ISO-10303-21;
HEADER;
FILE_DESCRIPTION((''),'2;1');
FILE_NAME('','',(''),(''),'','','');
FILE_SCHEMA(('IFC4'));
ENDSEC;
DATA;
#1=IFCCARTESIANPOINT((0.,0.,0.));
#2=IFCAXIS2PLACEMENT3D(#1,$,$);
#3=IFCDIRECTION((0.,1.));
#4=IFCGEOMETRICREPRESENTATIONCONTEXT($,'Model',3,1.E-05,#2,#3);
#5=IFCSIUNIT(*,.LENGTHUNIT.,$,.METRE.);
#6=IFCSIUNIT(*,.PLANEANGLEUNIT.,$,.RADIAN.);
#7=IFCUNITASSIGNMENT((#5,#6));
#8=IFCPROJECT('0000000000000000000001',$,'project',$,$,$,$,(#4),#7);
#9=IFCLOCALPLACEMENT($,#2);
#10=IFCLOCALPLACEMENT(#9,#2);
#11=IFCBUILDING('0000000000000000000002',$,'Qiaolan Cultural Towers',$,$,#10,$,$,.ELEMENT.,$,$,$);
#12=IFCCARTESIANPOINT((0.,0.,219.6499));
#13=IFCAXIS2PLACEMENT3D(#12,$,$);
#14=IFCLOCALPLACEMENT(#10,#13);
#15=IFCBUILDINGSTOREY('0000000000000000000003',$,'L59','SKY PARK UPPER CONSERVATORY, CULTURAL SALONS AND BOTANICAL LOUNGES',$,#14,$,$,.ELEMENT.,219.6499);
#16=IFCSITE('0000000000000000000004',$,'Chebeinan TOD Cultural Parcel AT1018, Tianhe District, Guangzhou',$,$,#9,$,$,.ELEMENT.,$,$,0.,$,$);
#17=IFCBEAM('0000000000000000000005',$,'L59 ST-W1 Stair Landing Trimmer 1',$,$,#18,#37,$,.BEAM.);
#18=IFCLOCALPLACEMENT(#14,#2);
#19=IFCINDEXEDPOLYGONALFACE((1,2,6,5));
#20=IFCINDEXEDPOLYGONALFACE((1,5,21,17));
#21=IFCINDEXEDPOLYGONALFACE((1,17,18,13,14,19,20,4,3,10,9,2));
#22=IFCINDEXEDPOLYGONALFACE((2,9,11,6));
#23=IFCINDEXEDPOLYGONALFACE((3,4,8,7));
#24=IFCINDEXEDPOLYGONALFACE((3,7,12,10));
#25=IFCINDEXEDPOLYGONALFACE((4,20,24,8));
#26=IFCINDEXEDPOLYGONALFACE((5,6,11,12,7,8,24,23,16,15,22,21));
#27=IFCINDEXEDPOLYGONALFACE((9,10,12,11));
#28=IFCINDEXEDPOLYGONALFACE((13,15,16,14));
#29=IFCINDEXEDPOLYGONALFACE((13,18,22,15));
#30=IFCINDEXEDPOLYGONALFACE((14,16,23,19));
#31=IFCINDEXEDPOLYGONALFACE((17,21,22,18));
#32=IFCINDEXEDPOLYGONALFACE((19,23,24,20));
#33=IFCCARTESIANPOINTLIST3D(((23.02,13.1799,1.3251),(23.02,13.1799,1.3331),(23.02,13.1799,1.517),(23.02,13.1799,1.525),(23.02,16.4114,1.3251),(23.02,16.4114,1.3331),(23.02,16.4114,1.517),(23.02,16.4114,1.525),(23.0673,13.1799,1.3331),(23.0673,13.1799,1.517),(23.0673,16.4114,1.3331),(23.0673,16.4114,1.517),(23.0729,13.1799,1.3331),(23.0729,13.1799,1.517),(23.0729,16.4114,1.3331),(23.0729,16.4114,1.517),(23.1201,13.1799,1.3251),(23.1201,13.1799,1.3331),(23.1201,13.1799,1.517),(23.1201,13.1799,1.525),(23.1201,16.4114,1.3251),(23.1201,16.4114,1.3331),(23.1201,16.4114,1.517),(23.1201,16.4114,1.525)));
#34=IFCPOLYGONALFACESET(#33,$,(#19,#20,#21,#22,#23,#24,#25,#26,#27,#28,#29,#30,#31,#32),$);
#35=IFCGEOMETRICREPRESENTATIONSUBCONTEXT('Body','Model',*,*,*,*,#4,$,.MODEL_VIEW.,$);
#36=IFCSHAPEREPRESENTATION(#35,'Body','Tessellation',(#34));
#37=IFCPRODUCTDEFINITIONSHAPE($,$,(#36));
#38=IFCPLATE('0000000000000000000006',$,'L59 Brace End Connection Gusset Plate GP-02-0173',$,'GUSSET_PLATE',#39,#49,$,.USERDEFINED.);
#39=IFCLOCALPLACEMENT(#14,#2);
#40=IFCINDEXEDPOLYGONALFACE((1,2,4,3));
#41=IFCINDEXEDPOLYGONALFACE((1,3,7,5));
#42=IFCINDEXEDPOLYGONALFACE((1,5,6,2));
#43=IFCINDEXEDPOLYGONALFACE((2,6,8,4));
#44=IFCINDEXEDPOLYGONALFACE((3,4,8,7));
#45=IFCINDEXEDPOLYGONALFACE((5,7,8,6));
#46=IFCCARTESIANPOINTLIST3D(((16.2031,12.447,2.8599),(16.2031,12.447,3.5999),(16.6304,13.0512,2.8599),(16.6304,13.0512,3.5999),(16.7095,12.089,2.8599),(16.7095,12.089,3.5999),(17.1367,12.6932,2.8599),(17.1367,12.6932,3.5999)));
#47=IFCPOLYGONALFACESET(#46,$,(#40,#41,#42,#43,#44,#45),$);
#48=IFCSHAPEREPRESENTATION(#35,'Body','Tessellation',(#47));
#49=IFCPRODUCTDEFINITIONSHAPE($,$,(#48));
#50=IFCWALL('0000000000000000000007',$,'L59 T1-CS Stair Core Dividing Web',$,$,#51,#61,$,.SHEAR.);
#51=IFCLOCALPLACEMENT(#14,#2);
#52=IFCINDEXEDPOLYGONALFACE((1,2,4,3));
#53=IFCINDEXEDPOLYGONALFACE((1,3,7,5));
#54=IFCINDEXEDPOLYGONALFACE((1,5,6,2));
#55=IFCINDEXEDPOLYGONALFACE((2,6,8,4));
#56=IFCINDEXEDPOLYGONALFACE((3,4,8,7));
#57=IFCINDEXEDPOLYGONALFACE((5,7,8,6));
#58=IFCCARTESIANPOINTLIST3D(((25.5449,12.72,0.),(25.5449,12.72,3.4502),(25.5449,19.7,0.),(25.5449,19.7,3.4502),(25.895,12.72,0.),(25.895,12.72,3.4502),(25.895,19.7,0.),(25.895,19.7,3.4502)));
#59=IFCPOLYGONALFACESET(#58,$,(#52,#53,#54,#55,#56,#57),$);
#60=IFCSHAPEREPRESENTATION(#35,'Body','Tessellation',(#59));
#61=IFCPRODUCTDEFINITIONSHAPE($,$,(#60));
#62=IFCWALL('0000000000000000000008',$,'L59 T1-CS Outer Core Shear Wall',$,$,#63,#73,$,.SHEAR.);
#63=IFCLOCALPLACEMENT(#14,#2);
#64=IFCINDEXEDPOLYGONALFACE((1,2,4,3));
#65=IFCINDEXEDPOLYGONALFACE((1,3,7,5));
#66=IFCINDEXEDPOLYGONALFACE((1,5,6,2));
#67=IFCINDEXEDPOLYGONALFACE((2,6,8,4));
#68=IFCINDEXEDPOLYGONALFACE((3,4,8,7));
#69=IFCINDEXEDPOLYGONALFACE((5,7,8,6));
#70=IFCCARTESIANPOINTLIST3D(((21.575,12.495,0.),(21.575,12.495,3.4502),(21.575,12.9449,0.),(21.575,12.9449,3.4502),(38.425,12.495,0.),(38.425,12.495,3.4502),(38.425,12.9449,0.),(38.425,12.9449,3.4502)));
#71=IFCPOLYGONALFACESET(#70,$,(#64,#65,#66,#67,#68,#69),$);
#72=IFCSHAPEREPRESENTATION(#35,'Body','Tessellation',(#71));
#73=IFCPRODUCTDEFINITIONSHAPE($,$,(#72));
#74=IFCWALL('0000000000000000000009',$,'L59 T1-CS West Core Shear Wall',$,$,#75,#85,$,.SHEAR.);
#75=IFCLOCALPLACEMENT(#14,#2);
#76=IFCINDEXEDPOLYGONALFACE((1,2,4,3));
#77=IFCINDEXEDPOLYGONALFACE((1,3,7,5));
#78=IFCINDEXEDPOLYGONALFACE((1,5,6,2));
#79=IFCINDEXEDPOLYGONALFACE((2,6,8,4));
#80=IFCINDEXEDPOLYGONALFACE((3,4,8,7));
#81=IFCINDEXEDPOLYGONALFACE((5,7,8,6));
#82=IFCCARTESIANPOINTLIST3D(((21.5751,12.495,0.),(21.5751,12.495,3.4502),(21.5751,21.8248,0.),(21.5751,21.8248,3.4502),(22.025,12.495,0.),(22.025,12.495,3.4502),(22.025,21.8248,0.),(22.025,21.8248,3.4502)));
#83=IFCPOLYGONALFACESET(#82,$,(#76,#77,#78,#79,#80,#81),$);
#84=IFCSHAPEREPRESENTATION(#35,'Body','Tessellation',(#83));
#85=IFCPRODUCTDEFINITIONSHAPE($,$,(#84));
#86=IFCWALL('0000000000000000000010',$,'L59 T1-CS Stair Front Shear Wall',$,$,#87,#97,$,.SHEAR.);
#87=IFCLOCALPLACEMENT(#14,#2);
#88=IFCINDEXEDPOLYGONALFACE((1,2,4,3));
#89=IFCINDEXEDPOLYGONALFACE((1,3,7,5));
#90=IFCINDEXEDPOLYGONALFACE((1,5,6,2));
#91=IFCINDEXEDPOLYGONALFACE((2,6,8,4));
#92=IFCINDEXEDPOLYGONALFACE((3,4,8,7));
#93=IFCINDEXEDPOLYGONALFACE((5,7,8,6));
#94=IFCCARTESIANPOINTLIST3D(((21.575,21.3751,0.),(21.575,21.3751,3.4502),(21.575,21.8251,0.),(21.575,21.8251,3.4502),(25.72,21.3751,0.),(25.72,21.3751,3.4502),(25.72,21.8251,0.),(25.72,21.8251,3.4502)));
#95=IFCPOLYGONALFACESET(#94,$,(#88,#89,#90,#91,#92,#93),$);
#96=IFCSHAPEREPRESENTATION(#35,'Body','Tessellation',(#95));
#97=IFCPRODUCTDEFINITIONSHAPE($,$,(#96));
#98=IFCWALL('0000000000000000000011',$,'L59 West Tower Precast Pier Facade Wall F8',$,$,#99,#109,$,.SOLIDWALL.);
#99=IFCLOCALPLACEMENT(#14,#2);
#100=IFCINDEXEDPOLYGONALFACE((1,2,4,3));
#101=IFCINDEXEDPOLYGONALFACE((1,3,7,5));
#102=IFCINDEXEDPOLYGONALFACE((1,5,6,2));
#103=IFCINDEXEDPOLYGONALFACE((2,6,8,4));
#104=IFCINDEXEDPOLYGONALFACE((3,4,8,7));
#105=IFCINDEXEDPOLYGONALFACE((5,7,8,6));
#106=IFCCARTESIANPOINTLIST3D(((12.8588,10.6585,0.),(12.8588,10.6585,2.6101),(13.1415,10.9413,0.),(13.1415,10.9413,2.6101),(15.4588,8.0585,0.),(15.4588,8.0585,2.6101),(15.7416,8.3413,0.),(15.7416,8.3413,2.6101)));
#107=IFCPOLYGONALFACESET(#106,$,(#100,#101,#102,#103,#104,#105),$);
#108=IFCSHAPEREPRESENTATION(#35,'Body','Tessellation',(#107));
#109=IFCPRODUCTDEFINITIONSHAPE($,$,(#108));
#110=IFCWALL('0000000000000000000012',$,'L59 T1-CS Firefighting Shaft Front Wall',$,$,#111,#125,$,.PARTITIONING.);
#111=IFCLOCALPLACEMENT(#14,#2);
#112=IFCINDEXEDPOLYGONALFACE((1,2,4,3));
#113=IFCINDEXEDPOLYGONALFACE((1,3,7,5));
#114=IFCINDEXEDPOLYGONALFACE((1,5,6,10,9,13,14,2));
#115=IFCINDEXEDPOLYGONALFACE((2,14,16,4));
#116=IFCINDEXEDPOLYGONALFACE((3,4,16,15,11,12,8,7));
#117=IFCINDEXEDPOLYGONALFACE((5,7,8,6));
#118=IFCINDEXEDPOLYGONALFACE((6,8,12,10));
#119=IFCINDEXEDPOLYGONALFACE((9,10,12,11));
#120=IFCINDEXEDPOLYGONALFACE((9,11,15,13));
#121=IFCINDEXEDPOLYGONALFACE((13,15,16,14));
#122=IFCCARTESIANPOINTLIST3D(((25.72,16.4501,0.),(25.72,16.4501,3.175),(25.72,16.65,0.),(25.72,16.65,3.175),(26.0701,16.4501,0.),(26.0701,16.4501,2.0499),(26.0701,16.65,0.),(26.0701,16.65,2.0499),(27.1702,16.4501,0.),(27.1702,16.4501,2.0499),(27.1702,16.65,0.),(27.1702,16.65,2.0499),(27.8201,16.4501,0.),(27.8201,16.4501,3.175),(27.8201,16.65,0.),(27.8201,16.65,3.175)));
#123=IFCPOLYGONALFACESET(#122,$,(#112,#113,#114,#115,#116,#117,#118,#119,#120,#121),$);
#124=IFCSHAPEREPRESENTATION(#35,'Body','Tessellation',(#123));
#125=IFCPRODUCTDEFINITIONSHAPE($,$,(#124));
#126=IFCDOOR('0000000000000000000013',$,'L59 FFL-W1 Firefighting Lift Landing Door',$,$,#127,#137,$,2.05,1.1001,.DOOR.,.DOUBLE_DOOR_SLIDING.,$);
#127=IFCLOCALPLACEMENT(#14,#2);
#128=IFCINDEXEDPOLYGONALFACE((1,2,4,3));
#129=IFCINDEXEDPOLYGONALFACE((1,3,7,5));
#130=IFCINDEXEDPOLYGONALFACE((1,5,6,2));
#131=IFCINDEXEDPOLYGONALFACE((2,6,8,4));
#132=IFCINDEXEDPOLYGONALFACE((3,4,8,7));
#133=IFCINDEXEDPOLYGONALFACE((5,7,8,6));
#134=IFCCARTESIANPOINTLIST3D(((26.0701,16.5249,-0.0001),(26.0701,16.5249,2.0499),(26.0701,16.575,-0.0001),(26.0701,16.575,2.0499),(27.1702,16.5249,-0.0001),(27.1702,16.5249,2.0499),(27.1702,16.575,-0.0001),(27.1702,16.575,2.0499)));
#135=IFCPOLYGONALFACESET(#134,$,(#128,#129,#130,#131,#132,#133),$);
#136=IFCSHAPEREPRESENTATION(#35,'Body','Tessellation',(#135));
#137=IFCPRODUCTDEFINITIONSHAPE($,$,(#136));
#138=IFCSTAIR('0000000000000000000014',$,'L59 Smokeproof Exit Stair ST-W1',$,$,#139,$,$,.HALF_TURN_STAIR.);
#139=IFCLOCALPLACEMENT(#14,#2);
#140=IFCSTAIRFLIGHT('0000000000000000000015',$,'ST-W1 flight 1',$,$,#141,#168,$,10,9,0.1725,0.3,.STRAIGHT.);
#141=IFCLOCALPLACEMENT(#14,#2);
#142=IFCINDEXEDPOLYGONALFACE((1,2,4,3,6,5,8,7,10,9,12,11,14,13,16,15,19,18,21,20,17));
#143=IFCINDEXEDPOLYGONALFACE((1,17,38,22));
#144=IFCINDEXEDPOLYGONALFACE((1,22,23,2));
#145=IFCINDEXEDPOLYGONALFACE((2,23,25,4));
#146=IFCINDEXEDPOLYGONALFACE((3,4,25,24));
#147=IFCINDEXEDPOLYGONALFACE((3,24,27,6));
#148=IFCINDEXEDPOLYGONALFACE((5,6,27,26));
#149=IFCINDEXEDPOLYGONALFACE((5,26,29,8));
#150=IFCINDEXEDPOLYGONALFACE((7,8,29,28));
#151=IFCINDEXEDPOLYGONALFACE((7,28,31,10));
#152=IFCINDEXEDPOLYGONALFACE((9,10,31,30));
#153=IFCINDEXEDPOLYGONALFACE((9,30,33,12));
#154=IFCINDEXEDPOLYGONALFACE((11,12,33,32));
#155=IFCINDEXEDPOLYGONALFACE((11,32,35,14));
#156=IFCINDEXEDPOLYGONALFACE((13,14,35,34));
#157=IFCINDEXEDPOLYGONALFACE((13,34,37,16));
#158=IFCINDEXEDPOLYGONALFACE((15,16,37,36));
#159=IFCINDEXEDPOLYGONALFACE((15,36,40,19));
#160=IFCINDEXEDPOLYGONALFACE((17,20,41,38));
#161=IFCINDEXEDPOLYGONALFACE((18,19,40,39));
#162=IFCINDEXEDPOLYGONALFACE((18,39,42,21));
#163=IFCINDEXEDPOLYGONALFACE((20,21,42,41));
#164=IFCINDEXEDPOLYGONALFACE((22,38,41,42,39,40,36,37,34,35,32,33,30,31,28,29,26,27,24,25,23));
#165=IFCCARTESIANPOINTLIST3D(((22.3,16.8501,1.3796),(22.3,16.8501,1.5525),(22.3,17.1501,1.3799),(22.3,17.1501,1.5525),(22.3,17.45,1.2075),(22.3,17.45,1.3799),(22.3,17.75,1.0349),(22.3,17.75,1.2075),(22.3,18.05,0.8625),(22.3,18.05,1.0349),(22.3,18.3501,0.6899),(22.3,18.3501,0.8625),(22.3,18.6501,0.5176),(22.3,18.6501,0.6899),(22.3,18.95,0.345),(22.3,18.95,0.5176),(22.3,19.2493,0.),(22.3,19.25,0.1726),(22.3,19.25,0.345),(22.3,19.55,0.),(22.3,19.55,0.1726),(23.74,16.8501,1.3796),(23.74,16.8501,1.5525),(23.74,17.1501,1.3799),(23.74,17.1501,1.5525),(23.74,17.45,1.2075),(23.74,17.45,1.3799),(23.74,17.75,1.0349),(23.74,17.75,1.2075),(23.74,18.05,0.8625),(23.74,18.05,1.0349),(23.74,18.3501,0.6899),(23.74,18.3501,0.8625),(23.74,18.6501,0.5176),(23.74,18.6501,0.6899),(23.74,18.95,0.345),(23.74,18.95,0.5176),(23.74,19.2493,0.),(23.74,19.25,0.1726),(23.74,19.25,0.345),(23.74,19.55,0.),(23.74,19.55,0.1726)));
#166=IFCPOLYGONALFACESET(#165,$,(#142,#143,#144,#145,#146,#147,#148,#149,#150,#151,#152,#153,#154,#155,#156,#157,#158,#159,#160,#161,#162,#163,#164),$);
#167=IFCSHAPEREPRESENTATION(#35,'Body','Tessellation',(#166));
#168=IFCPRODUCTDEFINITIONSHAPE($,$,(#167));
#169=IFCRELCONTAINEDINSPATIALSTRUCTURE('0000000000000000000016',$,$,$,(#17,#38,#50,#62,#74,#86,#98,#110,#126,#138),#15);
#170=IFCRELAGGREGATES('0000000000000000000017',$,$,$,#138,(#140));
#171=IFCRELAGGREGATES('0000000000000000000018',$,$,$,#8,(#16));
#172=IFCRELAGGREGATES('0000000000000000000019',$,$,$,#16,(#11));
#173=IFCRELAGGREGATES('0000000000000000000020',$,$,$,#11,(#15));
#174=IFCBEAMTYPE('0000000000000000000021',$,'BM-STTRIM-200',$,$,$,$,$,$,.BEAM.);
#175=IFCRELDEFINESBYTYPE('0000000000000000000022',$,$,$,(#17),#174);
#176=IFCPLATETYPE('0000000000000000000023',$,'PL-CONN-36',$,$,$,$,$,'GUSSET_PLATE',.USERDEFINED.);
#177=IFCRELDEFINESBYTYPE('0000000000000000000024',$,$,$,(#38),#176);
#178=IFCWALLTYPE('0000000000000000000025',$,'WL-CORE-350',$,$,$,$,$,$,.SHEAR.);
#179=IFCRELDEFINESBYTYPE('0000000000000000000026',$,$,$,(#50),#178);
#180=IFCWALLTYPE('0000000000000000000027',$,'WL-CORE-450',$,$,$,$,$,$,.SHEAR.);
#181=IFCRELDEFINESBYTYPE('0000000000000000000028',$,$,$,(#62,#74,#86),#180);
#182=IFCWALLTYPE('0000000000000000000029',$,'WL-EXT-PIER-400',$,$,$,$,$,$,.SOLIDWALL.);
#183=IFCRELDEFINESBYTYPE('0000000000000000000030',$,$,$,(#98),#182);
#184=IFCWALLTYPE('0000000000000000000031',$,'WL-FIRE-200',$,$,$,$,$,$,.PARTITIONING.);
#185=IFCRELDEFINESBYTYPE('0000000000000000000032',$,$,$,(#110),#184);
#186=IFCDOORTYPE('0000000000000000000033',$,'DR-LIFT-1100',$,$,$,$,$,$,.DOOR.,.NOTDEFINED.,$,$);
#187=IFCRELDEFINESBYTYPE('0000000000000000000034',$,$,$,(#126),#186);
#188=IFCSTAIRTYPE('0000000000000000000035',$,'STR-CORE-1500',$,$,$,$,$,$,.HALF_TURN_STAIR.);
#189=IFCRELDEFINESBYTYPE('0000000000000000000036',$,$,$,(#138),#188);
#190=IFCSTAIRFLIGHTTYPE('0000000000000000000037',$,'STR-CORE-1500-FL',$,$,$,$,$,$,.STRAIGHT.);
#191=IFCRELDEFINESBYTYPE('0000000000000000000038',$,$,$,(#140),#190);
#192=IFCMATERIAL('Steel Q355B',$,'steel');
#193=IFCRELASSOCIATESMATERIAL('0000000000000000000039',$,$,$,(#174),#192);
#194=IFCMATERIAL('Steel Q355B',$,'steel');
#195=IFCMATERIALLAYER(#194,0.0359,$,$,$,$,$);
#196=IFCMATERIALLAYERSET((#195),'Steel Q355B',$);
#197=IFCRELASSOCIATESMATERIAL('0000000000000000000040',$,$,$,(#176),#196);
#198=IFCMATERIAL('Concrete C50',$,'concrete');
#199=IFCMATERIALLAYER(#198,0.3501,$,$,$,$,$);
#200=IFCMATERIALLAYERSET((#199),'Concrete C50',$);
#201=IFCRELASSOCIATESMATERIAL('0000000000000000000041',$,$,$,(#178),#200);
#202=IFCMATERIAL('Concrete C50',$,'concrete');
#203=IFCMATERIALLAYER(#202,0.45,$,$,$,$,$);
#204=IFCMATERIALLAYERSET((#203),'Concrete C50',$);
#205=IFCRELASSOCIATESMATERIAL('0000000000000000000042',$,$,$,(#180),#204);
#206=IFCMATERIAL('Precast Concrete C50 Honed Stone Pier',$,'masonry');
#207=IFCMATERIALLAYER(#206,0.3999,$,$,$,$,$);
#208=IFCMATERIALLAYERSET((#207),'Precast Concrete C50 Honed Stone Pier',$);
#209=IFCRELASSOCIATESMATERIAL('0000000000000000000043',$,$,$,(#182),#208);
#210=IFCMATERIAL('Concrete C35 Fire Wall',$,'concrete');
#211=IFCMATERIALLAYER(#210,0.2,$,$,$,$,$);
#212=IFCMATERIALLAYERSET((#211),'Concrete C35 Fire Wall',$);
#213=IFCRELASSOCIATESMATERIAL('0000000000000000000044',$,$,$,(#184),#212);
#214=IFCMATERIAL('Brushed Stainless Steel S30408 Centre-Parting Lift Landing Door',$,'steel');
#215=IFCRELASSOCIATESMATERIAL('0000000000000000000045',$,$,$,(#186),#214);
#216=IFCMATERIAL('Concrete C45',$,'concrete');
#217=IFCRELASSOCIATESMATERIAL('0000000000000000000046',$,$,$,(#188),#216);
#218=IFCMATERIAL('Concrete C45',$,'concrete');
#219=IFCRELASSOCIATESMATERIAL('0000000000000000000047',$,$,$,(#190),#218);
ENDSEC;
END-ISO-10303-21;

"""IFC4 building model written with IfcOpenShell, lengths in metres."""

from ifc_helpers import new_model, si_unit, direction, frame, frame_2d, origin, origin_2d, place, context, subcontext, project, spatial, polyline, rectangle, i_section, outline, extrude, material, layer, layer_set, material_profile, profile_set, type_object, element, fill, aggregate, save


model = new_model("IFC4")

# Units and contexts
model_context = context("Model", 3, precision=1e-05, world=origin(), true_north=direction((0.0, 1.0)))
body_context = subcontext(model_context, "Body", "Model", "MODEL_VIEW")
ifc_project = project(units=[si_unit("LENGTHUNIT", "METRE"), si_unit("PLANEANGLEUNIT", "RADIAN")], contexts=[model_context])

# Site, building, storey
site_placement = place(None, origin())
site = spatial("IfcSite", under=ifc_project, at=site_placement, Name="Chebeinan TOD Cultural Parcel AT1018, Tianhe District, Guangzhou", CompositionType="ELEMENT", RefElevation=0.0)
building_placement = place(site_placement, origin())
building = spatial("IfcBuilding", under=site, at=building_placement, Name="Qiaolan Cultural Towers", CompositionType="ELEMENT")
storey_placement = place(building_placement, frame((0.0, 0.0, 219.6499)))
storey = spatial("IfcBuildingStorey", under=building, at=storey_placement, Name="L59", Description="SKY PARK UPPER CONSERVATORY, CULTURAL SALONS AND BOTANICAL LOUNGES", CompositionType="ELEMENT", Elevation=219.6499)

# Beam
ifc_material_1 = material(Name="Steel Q355B", Category="steel")
ifc_material_profile_1 = material_profile(ifc_material_1, i_section(OverallWidth=0.1001, OverallDepth=0.2, WebThickness=0.0056, FlangeThickness=0.0081, at=origin_2d()), Name="HN200x100x5.5x8")
ifc_profile_set_1 = profile_set([ifc_material_profile_1], Name="Steel Q355B")
beam_type_1 = type_object("IfcBeamType", Name="BM-STTRIM-200", PredefinedType="BEAM", material=ifc_profile_set_1)
beam_1_placement = place(storey_placement, frame((23.0701, 16.4114, 1.425), z_axis=(0.0, -1.0, 0.0), x_axis=(1.0, 0.0, 0.0)))
element("IfcBeam", 1, at=beam_1_placement, inside=storey, type_object=beam_type_1, Name="L59 ST-W1 Stair Landing Trimmer 1", PredefinedType="BEAM", context=body_context, shape_type="SweptSolid", body=[
    extrude(i_section(OverallWidth=0.1001, OverallDepth=0.2, WebThickness=0.0056, FlangeThickness=0.0081, at=origin_2d()), origin(), (0.0, 0.0, 1.0), 3.2314),
])

# Plate
ifc_material_2 = material(Name="Steel Q355B", Category="steel")
ifc_layer_1 = layer(ifc_material_2, 0.0359)
ifc_layer_set_1 = layer_set([ifc_layer_1], Name="Steel Q355B")
plate_type = type_object("IfcPlateType", Name="PL-CONN-36", ElementType="GUSSET_PLATE", PredefinedType="USERDEFINED", material=ifc_layer_set_1)
plate_placement = place(storey_placement, frame((16.6699, 12.5701, 2.8599), z_axis=(0.0, 0.0, 1.0), x_axis=(0.577354, 0.816494, 0.0)))
element("IfcPlate", 2, at=plate_placement, inside=storey, type_object=plate_type, Name="L59 Brace End Connection Gusset Plate GP-02-0173", ObjectType="GUSSET_PLATE", PredefinedType="USERDEFINED", context=body_context, shape_type="SweptSolid", body=[
    extrude(rectangle(XDim=0.74, YDim=0.6201, at=origin_2d()), origin(), (0.0, 0.0, 1.0), 0.74),
])

# Walls
ifc_material_3 = material(Name="Concrete C50", Category="concrete")
ifc_layer_2 = layer(ifc_material_3, 0.3501)
ifc_layer_set_2 = layer_set([ifc_layer_2], Name="Concrete C50")
wall_type_1 = type_object("IfcWallType", Name="WL-CORE-350", PredefinedType="SHEAR", material=ifc_layer_set_2)
wall_1_placement = place(storey_placement, frame((25.72, 19.7, 0.0), z_axis=(0.0, 0.0, 1.0), x_axis=(0.0, -1.0, 0.0)))
element("IfcWall", 3, at=wall_1_placement, inside=storey, type_object=wall_type_1, Name="L59 T1-CS Stair Core Dividing Web", PredefinedType="SHEAR", context=body_context, shape_type="SweptSolid", body=[
    extrude(rectangle(XDim=6.98, YDim=0.3501, at=frame_2d((3.49, 0.0))), origin(), (0.0, 0.0, 1.0), 3.4502),
])
ifc_material_4 = material(Name="Concrete C50", Category="concrete")
ifc_layer_3 = layer(ifc_material_4, 0.45)
ifc_layer_set_3 = layer_set([ifc_layer_3], Name="Concrete C50")
wall_type_2 = type_object("IfcWallType", Name="WL-CORE-450", PredefinedType="SHEAR", material=ifc_layer_set_3)
wall_2_placement = place(storey_placement, frame((21.575, 12.72, 0.0), z_axis=(0.0, 0.0, 1.0), x_axis=(1.0, 0.0, 0.0)))
element("IfcWall", 4, at=wall_2_placement, inside=storey, type_object=wall_type_2, Name="L59 T1-CS Outer Core Shear Wall", PredefinedType="SHEAR", context=body_context, shape_type="SweptSolid", body=[
    extrude(rectangle(XDim=16.8501, YDim=0.45, at=frame_2d((8.425, 0.0))), origin(), (0.0, 0.0, 1.0), 3.4502),
])
wall_3_placement = place(storey_placement, frame((21.8, 21.825, 0.0), z_axis=(0.0, 0.0, 1.0), x_axis=(0.0, -1.0, 0.0)))
element("IfcWall", 5, at=wall_3_placement, inside=storey, type_object=wall_type_2, Name="L59 T1-CS West Core Shear Wall", PredefinedType="SHEAR", context=body_context, shape_type="SweptSolid", body=[
    extrude(rectangle(XDim=9.3298, YDim=0.45, at=frame_2d((4.665, 0.0))), origin(), (0.0, 0.0, 1.0), 3.4502),
])
wall_4_placement = place(storey_placement, frame((21.575, 21.6001, 0.0), z_axis=(0.0, 0.0, 1.0), x_axis=(1.0, 0.0, 0.0)))
element("IfcWall", 6, at=wall_4_placement, inside=storey, type_object=wall_type_2, Name="L59 T1-CS Stair Front Shear Wall", PredefinedType="SHEAR", context=body_context, shape_type="SweptSolid", body=[
    extrude(rectangle(XDim=4.145, YDim=0.45, at=frame_2d((2.0725, 0.0))), origin(), (0.0, 0.0, 1.0), 3.4502),
])
ifc_material_5 = material(Name="Precast Concrete C50 Honed Stone Pier", Category="masonry")
ifc_layer_4 = layer(ifc_material_5, 0.3999)
ifc_layer_set_4 = layer_set([ifc_layer_4], Name="Precast Concrete C50 Honed Stone Pier")
wall_type_3 = type_object("IfcWallType", Name="WL-EXT-PIER-400", PredefinedType="SOLIDWALL", material=ifc_layer_set_4)
wall_5_placement = place(storey_placement, frame((15.6001, 8.2, 0.0), z_axis=(0.0, 0.0, 1.0), x_axis=(-0.707107, 0.707107, 0.0)))
element("IfcWall", 7, at=wall_5_placement, inside=storey, type_object=wall_type_3, Name="L59 West Tower Precast Pier Facade Wall F8", PredefinedType="SOLIDWALL", context=body_context, shape_type="SweptSolid", body=[
    extrude(rectangle(XDim=3.677, YDim=0.3999, at=frame_2d((1.8384, 0.0))), origin(), (0.0, 0.0, 1.0), 2.6101),
])

# Wall, opening, door
ifc_material_6 = material(Name="Concrete C35 Fire Wall", Category="concrete")
ifc_layer_5 = layer(ifc_material_6, 0.2)
ifc_layer_set_5 = layer_set([ifc_layer_5], Name="Concrete C35 Fire Wall")
wall_type_4 = type_object("IfcWallType", Name="WL-FIRE-200", PredefinedType="PARTITIONING", material=ifc_layer_set_5)
wall_6_placement = place(storey_placement, frame((25.72, 16.55, 0.0), z_axis=(0.0, 0.0, 1.0), x_axis=(1.0, 0.0, 0.0)))
wall_6 = element("IfcWall", 8, at=wall_6_placement, inside=storey, type_object=wall_type_4, Name="L59 T1-CS Firefighting Shaft Front Wall", PredefinedType="PARTITIONING", context=body_context, shape_type="SweptSolid", body=[
    extrude(rectangle(XDim=2.1001, YDim=0.2, at=frame_2d((1.05, 0.0))), origin(), (0.0, 0.0, 1.0), 3.175),
])
opening_placement = place(wall_6_placement, frame((0.3501, 0.0, 0.0)))
opening = element("IfcOpeningElement", 9, at=opening_placement, cuts=wall_6, PredefinedType="OPENING", context=body_context, shape_type="SweptSolid", body=[
    extrude(rectangle(XDim=1.1001, YDim=2.05, at=frame_2d((0.55, 1.0249))), frame((0.0, 0.1099, 0.0), z_axis=(0.0, -1.0, 0.0), x_axis=(1.0, 0.0, 0.0)), (0.0, 0.0, 1.0), 0.22),
])
ifc_material_7 = material(Name="Brushed Stainless Steel S30408 Centre-Parting Lift Landing Door", Category="steel")
door_type = type_object("IfcDoorType", Name="DR-LIFT-1100", OperationType="NOTDEFINED", PredefinedType="DOOR", material=ifc_material_7)
door_placement = place(opening_placement, origin())
door = element("IfcDoor", 10, at=door_placement, inside=storey, type_object=door_type, Name="L59 FFL-W1 Firefighting Lift Landing Door", OperationType="DOUBLE_DOOR_SLIDING", OverallHeight=2.05, OverallWidth=1.1001, PredefinedType="DOOR", context=body_context, shape_type="SweptSolid", body=[
    extrude(rectangle(XDim=1.1001, YDim=2.05, at=frame_2d((0.55, 1.0249))), frame((0.0, 0.0249, 0.0), z_axis=(0.0, -1.0, 0.0), x_axis=(1.0, 0.0, 0.0)), (0.0, 0.0, 1.0), 0.05),
])
fill(opening, door)

# Stair, stair flight
ifc_material_8 = material(Name="Concrete C45", Category="concrete")
stair_type = type_object("IfcStairType", Name="STR-CORE-1500", PredefinedType="HALF_TURN_STAIR", material=ifc_material_8)
stair_placement = place(storey_placement, origin())
stair = element("IfcStair", 11, at=stair_placement, inside=storey, type_object=stair_type, Name="L59 Smokeproof Exit Stair ST-W1", PredefinedType="HALF_TURN_STAIR")
ifc_material_9 = material(Name="Concrete C45", Category="concrete")
stair_flight_type = type_object("IfcStairFlightType", Name="STR-CORE-1500-FL", PredefinedType="STRAIGHT", material=ifc_material_9)
stair_flight_1_placement = place(storey_placement, frame((23.02, 19.55, 0.0), z_axis=(0.0, 0.0, 1.0), x_axis=(0.0, -1.0, 0.0)))
stair_flight_1 = element("IfcStairFlight", 12, at=stair_flight_1_placement, type_object=stair_flight_type, Name="ST-W1 flight 1", NumberOfRisers=10, NumberOfTreads=9, PredefinedType="STRAIGHT", RiserHeight=0.1725, TreadLength=0.3, context=body_context, shape_type="SweptSolid", body=[
    extrude(outline(polyline([(0.0, 0.0), (0.0, 0.1726), (0.3, 0.1726), (0.3, 0.345), (0.6001, 0.345), (0.6001, 0.5176), (0.8999, 0.5176), (0.8999, 0.6899), (1.2, 0.6899), (1.2, 0.8625), (1.5, 0.8625), (1.5, 1.0349), (1.8, 1.0349), (1.8, 1.2075), (2.1001, 1.2075), (2.1001, 1.3799), (2.3999, 1.3799), (2.3999, 1.5525), (2.7, 1.5525), (2.7, 1.7251), (2.7, 1.3796), (0.3008, 0.0), (0.0, 0.0)])), frame((0.0, 0.72, 0.0), z_axis=(0.0, -1.0, 0.0), x_axis=(1.0, 0.0, 0.0)), (0.0, 0.0, 1.0), 1.4399),
])
aggregate(stair, [stair_flight_1])

save(model, "model.ifc")
